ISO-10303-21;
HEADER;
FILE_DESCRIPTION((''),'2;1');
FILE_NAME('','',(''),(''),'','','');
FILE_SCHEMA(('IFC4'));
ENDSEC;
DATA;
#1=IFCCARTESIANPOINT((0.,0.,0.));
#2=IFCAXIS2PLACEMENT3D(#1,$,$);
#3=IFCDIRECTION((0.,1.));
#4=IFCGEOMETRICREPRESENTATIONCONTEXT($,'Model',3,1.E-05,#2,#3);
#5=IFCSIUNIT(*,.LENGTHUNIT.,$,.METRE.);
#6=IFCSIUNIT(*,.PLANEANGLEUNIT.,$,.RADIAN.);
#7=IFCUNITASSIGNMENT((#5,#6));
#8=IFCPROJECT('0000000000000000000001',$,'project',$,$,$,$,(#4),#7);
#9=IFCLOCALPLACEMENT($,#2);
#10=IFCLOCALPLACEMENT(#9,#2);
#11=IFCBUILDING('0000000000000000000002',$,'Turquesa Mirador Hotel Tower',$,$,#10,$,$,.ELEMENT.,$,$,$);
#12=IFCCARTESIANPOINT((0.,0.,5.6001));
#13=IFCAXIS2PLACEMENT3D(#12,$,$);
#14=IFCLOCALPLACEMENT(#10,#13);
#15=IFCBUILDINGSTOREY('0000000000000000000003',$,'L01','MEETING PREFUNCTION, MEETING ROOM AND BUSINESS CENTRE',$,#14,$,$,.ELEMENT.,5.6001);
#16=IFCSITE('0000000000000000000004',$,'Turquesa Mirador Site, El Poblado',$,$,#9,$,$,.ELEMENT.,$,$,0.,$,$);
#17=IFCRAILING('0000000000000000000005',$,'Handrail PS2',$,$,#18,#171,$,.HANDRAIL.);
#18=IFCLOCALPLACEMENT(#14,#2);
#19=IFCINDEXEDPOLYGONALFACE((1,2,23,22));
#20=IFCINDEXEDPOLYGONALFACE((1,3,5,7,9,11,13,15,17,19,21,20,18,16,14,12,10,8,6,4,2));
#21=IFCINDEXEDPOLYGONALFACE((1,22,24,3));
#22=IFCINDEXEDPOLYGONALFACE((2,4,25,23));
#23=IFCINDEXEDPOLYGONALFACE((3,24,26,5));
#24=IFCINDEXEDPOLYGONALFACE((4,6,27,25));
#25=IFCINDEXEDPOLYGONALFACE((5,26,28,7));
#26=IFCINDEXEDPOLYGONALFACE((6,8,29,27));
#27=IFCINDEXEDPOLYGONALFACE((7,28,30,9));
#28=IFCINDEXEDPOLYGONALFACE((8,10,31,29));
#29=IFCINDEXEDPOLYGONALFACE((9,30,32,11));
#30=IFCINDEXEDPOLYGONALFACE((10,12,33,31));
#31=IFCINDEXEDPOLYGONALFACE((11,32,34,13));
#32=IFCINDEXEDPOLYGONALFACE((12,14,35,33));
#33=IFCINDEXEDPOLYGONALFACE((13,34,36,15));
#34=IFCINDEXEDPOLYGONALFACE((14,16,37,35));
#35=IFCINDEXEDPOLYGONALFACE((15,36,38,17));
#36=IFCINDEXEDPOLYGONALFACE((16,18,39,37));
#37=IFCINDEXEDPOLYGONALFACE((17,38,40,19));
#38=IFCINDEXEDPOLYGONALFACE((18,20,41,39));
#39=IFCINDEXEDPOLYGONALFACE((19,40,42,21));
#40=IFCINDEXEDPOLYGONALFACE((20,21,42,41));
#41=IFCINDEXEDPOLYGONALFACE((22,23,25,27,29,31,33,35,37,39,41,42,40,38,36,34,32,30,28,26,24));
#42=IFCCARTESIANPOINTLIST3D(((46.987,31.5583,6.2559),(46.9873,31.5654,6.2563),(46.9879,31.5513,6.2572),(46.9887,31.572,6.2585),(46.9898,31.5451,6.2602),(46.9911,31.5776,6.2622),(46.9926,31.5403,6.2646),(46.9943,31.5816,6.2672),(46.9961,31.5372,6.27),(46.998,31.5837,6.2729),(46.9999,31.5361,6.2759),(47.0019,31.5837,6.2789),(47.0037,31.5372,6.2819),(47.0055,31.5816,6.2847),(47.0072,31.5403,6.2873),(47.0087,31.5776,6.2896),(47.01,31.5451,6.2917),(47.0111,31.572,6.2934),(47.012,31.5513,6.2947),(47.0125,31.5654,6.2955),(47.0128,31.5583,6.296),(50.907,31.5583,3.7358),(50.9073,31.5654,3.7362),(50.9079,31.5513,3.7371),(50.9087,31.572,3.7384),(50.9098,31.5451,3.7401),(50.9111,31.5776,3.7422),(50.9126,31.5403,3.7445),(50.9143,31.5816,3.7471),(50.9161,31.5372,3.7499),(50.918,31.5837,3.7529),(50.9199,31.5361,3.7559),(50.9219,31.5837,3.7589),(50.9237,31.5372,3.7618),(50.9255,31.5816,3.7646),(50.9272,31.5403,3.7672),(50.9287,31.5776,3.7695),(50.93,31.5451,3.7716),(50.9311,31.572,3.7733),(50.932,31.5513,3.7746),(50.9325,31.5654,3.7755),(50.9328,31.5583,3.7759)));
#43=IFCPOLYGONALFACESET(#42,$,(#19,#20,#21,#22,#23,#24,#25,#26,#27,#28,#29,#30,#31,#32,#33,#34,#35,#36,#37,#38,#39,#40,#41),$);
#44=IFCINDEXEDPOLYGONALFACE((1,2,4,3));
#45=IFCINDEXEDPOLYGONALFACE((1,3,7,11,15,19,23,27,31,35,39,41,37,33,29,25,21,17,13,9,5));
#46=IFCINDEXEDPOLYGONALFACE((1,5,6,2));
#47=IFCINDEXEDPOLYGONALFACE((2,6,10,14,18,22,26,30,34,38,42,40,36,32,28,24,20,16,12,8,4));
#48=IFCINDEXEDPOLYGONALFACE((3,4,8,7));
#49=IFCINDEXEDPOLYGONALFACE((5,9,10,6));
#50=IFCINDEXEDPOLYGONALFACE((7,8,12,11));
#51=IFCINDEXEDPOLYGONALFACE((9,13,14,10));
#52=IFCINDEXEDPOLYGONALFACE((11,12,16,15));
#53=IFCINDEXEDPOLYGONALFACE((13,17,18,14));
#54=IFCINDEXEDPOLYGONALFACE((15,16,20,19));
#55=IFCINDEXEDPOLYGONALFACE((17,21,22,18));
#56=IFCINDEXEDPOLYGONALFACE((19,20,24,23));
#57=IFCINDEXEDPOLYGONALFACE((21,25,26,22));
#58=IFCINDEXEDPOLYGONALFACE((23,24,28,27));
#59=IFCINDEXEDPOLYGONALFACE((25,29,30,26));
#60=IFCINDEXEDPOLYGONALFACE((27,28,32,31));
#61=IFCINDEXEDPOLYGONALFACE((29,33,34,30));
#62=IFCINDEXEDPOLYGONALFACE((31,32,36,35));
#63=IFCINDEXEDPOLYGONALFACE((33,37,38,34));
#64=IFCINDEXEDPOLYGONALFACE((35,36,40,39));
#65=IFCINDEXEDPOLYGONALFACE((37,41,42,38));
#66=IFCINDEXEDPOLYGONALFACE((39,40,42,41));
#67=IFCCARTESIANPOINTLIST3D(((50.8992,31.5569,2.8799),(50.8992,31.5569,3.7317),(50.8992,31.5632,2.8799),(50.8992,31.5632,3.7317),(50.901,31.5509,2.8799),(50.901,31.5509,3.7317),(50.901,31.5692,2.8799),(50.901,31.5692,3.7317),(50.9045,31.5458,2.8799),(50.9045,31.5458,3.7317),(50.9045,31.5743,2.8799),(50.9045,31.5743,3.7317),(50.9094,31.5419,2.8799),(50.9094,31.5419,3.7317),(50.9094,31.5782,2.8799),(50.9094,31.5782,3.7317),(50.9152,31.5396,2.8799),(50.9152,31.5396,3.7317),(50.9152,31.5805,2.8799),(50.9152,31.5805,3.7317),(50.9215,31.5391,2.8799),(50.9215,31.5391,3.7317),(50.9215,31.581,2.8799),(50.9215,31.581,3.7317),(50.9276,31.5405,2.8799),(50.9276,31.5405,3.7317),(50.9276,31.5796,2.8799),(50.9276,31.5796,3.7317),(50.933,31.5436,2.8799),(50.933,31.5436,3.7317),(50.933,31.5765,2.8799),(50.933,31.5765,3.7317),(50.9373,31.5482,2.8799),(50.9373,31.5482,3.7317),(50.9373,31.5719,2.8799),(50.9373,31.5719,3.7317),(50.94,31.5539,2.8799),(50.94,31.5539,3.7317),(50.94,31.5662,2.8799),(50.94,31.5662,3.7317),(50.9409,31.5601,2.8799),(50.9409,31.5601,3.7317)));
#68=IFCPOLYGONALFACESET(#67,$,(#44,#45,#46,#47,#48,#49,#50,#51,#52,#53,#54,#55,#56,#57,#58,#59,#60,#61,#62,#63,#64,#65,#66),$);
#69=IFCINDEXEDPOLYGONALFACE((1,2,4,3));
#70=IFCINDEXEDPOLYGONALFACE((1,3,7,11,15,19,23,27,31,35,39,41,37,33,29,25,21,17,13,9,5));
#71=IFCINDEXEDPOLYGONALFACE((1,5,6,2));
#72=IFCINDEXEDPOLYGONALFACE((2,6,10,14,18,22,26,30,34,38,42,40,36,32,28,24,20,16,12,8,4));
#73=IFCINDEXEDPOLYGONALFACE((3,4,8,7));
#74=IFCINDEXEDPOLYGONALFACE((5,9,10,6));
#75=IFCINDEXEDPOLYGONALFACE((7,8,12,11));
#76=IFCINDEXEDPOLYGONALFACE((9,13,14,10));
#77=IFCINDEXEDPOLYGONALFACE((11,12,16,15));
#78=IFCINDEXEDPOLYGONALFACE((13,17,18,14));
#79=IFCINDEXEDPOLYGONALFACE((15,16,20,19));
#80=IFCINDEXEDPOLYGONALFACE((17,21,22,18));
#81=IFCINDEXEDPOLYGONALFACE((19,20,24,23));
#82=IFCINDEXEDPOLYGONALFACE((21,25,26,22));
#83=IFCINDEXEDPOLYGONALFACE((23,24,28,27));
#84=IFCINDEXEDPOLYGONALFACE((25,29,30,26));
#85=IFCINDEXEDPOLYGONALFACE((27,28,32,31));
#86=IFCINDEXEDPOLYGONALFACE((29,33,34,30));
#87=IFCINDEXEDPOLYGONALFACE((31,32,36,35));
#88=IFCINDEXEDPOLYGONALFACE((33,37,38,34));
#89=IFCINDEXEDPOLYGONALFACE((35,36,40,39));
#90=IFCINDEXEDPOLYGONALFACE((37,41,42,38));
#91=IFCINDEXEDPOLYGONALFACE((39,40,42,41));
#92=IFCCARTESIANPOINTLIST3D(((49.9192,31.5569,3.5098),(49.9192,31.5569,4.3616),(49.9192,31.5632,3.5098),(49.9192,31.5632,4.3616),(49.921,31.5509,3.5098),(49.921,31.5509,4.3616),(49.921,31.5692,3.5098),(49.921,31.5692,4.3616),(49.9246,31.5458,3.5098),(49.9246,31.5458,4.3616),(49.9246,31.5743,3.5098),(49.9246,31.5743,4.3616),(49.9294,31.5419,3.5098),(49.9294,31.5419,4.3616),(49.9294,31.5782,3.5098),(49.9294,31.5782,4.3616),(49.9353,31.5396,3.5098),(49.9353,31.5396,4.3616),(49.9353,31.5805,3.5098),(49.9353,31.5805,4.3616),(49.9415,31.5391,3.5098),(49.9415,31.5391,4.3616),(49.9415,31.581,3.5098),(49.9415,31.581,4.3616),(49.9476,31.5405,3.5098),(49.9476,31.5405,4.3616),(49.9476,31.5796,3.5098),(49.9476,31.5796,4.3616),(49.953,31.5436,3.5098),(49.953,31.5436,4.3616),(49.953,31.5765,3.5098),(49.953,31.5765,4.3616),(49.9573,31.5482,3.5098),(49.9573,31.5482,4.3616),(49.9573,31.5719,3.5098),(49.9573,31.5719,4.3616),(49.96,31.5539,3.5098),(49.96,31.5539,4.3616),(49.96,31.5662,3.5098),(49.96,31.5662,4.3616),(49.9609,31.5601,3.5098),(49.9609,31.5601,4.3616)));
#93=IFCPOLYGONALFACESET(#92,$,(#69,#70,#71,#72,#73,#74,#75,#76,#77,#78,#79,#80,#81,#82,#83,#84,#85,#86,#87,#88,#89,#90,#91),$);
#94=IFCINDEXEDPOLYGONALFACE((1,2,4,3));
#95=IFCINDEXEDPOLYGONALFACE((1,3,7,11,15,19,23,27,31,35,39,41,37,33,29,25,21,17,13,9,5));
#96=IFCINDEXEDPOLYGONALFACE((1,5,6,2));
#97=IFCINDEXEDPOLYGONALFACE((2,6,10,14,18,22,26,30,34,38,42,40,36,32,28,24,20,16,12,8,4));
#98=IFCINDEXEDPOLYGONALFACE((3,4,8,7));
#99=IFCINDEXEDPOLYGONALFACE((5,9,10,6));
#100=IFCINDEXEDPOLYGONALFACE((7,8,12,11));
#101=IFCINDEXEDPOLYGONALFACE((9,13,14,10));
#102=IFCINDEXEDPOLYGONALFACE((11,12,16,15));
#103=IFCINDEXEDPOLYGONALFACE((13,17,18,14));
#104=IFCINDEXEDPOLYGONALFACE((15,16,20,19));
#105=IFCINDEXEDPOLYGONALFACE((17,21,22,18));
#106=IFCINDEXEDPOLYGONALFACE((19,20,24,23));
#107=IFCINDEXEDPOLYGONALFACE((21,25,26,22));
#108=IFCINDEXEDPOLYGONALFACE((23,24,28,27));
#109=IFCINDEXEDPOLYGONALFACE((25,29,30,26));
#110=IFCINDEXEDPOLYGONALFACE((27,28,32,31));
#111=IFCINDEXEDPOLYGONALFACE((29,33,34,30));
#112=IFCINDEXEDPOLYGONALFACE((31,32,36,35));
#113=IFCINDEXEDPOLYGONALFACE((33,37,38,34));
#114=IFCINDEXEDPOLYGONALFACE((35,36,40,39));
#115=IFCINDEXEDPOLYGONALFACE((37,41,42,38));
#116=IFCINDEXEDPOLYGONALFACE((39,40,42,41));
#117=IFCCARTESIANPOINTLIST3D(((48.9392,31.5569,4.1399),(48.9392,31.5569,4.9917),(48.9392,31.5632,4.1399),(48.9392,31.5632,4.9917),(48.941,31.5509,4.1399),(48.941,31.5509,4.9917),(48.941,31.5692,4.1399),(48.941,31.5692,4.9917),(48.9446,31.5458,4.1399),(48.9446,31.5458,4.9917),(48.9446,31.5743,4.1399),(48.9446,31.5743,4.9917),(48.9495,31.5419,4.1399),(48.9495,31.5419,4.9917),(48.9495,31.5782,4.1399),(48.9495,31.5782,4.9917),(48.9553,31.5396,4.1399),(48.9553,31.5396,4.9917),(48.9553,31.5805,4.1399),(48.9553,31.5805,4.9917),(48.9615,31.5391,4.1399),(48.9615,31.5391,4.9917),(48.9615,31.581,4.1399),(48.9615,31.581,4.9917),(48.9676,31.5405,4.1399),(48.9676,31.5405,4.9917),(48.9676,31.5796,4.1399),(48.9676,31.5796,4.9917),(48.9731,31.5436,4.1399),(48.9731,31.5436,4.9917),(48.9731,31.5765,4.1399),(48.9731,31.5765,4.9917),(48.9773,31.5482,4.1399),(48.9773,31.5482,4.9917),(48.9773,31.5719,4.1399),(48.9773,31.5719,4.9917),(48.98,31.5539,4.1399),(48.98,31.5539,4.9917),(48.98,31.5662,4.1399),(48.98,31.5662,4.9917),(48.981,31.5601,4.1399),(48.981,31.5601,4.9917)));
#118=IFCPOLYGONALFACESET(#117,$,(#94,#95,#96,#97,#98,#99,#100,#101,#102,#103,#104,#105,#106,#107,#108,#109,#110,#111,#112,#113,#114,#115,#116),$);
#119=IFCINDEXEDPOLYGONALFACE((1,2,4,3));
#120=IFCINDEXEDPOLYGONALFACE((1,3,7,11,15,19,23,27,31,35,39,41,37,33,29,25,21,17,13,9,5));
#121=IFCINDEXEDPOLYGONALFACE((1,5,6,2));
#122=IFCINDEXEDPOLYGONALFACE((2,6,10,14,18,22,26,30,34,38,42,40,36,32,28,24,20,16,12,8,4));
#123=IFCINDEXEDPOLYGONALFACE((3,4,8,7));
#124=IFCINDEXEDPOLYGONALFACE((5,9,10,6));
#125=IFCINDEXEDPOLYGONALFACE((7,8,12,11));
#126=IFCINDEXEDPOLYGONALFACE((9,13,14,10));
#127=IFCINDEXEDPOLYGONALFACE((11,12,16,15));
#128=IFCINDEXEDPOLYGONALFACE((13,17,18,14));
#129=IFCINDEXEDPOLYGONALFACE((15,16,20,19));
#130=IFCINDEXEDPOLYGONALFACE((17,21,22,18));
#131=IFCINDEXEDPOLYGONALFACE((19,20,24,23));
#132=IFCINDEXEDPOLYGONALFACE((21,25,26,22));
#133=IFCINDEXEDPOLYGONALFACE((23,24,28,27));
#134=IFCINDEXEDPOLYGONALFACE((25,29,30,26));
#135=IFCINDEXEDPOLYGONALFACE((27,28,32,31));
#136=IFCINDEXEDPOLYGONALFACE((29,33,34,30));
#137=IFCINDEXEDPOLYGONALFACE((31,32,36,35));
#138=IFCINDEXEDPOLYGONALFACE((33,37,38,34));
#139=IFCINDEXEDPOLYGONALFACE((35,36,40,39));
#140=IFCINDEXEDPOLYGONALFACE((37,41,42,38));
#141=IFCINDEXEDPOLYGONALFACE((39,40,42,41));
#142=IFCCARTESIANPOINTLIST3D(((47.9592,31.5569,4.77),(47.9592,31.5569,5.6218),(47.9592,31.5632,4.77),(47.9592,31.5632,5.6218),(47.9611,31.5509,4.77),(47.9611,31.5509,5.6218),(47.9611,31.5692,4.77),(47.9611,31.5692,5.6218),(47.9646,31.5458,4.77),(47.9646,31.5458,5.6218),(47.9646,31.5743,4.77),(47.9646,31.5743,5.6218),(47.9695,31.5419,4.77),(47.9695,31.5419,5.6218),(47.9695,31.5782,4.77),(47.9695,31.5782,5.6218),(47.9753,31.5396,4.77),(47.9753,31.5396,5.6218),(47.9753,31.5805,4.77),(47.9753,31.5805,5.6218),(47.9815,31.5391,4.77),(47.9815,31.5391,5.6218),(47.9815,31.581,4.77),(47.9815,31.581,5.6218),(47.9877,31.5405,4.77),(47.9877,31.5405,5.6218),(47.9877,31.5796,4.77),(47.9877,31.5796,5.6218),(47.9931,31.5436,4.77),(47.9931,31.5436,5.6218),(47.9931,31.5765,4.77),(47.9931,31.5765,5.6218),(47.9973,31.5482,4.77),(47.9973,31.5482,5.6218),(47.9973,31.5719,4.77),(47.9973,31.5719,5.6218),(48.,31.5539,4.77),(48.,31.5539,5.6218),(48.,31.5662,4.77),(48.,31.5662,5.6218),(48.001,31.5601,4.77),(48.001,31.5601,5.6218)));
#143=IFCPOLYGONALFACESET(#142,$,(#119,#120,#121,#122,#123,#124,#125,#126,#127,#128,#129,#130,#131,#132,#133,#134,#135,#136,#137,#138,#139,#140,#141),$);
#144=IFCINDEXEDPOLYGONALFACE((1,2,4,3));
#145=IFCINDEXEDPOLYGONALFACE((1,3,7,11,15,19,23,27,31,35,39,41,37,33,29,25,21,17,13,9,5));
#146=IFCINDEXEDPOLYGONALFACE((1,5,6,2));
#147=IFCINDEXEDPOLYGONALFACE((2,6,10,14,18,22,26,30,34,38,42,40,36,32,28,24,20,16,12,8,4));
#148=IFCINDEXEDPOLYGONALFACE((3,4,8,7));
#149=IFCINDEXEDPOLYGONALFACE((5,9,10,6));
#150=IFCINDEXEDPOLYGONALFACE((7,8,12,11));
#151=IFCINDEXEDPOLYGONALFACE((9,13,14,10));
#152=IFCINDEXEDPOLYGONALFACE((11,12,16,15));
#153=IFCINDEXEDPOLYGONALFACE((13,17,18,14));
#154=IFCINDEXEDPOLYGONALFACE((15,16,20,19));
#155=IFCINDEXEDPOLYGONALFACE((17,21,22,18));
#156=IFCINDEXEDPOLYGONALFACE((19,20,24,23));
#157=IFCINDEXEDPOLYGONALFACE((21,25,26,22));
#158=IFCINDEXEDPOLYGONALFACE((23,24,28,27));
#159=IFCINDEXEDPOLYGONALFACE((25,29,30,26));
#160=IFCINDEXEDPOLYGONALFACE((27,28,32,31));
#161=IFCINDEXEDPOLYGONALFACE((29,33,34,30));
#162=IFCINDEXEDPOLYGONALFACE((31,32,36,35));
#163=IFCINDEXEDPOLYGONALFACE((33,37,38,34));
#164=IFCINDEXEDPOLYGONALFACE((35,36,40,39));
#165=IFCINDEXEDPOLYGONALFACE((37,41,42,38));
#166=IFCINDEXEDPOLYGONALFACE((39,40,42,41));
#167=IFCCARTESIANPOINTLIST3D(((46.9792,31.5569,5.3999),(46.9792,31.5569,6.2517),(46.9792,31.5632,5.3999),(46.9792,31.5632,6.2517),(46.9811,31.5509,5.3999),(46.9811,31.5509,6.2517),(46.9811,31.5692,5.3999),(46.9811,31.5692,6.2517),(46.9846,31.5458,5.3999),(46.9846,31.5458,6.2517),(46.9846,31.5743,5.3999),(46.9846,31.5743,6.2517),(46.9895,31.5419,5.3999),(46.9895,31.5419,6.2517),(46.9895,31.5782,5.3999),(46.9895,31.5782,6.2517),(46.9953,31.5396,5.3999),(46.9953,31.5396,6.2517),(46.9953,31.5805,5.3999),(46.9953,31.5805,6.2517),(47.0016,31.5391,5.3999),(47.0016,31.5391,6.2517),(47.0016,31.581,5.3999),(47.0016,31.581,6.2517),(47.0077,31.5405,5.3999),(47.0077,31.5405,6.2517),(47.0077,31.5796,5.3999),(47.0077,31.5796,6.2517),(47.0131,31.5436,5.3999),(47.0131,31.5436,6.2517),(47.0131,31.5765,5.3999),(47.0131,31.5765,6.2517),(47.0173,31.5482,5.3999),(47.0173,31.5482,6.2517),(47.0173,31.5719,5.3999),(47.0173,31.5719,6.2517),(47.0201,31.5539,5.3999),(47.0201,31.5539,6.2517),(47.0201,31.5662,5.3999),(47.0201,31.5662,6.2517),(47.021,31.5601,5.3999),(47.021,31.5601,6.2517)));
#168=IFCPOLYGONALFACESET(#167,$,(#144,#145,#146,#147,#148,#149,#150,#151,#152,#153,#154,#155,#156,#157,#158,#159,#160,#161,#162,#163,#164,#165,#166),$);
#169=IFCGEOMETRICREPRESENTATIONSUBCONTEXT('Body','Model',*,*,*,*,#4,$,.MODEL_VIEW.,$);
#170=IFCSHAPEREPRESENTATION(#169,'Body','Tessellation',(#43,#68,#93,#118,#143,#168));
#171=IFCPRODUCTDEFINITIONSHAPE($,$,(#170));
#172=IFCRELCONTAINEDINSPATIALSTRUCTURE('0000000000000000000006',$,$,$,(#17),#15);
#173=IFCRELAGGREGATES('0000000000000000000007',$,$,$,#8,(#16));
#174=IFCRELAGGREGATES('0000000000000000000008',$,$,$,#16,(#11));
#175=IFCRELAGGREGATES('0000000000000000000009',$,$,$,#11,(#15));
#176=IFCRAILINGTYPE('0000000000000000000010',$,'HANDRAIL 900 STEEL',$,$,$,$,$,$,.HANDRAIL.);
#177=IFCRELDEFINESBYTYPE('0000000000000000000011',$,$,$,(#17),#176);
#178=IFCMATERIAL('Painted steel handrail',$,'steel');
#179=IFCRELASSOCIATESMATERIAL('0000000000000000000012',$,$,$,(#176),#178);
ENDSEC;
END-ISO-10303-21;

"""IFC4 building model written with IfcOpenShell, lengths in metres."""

from ifc_helpers import new_model, si_unit, direction, frame, origin, origin_2d, place, context, subcontext, project, spatial, circle, extrude, material, type_object, element, save


model = new_model("IFC4")

# Units and contexts
model_context = context("Model", 3, precision=1e-05, world=origin(), true_north=direction((0.0, 1.0)))
body_context = subcontext(model_context, "Body", "Model", "MODEL_VIEW")
ifc_project = project(units=[si_unit("LENGTHUNIT", "METRE"), si_unit("PLANEANGLEUNIT", "RADIAN")], contexts=[model_context])

# Site, building, storey
site_placement = place(None, origin())
site = spatial("IfcSite", under=ifc_project, at=site_placement, Name="Turquesa Mirador Site, El Poblado", CompositionType="ELEMENT", RefElevation=0.0)
building_placement = place(site_placement, origin())
building = spatial("IfcBuilding", under=site, at=building_placement, Name="Turquesa Mirador Hotel Tower", CompositionType="ELEMENT")
storey_placement = place(building_placement, frame((0.0, 0.0, 5.6001)))
storey = spatial("IfcBuildingStorey", under=building, at=storey_placement, Name="L01", Description="MEETING PREFUNCTION, MEETING ROOM AND BUSINESS CENTRE", CompositionType="ELEMENT", Elevation=5.6001)

# Railing
ifc_material_1 = material(Name="Painted steel handrail", Category="steel")
railing_type = type_object("IfcRailingType", Name="HANDRAIL 900 STEEL", PredefinedType="HANDRAIL", material=ifc_material_1)
railing_1_placement = place(storey_placement, frame((50.9199, 31.5601, 2.8799)))
element("IfcRailing", 1, at=railing_1_placement, inside=storey, type_object=railing_type, Name="Handrail PS2", PredefinedType="HANDRAIL", context=body_context, shape_type="SweptSolid", body=[
    extrude(circle(Radius=0.0239, at=origin_2d()), frame((0.0, 0.0, 0.876), z_axis=(-0.841172, 0.0, 0.540768), x_axis=(0.0, -1.0, 0.0)), (0.0, 0.0, 1.0), 4.6602),
    extrude(circle(Radius=0.021, at=origin_2d()), origin(), (0.0, 0.0, 1.0), 0.8518),
    extrude(circle(Radius=0.021, at=origin_2d()), frame((-0.98, 0.0, 0.6299)), (0.0, 0.0, 1.0), 0.8518),
    extrude(circle(Radius=0.021, at=origin_2d()), frame((-1.96, 0.0, 1.26)), (0.0, 0.0, 1.0), 0.8518),
    extrude(circle(Radius=0.021, at=origin_2d()), frame((-2.9399, 0.0, 1.8901)), (0.0, 0.0, 1.0), 0.8518),
    extrude(circle(Radius=0.021, at=origin_2d()), frame((-3.9199, 0.0, 2.52)), (0.0, 0.0, 1.0), 0.8518),
])

save(model, "model.ifc")
